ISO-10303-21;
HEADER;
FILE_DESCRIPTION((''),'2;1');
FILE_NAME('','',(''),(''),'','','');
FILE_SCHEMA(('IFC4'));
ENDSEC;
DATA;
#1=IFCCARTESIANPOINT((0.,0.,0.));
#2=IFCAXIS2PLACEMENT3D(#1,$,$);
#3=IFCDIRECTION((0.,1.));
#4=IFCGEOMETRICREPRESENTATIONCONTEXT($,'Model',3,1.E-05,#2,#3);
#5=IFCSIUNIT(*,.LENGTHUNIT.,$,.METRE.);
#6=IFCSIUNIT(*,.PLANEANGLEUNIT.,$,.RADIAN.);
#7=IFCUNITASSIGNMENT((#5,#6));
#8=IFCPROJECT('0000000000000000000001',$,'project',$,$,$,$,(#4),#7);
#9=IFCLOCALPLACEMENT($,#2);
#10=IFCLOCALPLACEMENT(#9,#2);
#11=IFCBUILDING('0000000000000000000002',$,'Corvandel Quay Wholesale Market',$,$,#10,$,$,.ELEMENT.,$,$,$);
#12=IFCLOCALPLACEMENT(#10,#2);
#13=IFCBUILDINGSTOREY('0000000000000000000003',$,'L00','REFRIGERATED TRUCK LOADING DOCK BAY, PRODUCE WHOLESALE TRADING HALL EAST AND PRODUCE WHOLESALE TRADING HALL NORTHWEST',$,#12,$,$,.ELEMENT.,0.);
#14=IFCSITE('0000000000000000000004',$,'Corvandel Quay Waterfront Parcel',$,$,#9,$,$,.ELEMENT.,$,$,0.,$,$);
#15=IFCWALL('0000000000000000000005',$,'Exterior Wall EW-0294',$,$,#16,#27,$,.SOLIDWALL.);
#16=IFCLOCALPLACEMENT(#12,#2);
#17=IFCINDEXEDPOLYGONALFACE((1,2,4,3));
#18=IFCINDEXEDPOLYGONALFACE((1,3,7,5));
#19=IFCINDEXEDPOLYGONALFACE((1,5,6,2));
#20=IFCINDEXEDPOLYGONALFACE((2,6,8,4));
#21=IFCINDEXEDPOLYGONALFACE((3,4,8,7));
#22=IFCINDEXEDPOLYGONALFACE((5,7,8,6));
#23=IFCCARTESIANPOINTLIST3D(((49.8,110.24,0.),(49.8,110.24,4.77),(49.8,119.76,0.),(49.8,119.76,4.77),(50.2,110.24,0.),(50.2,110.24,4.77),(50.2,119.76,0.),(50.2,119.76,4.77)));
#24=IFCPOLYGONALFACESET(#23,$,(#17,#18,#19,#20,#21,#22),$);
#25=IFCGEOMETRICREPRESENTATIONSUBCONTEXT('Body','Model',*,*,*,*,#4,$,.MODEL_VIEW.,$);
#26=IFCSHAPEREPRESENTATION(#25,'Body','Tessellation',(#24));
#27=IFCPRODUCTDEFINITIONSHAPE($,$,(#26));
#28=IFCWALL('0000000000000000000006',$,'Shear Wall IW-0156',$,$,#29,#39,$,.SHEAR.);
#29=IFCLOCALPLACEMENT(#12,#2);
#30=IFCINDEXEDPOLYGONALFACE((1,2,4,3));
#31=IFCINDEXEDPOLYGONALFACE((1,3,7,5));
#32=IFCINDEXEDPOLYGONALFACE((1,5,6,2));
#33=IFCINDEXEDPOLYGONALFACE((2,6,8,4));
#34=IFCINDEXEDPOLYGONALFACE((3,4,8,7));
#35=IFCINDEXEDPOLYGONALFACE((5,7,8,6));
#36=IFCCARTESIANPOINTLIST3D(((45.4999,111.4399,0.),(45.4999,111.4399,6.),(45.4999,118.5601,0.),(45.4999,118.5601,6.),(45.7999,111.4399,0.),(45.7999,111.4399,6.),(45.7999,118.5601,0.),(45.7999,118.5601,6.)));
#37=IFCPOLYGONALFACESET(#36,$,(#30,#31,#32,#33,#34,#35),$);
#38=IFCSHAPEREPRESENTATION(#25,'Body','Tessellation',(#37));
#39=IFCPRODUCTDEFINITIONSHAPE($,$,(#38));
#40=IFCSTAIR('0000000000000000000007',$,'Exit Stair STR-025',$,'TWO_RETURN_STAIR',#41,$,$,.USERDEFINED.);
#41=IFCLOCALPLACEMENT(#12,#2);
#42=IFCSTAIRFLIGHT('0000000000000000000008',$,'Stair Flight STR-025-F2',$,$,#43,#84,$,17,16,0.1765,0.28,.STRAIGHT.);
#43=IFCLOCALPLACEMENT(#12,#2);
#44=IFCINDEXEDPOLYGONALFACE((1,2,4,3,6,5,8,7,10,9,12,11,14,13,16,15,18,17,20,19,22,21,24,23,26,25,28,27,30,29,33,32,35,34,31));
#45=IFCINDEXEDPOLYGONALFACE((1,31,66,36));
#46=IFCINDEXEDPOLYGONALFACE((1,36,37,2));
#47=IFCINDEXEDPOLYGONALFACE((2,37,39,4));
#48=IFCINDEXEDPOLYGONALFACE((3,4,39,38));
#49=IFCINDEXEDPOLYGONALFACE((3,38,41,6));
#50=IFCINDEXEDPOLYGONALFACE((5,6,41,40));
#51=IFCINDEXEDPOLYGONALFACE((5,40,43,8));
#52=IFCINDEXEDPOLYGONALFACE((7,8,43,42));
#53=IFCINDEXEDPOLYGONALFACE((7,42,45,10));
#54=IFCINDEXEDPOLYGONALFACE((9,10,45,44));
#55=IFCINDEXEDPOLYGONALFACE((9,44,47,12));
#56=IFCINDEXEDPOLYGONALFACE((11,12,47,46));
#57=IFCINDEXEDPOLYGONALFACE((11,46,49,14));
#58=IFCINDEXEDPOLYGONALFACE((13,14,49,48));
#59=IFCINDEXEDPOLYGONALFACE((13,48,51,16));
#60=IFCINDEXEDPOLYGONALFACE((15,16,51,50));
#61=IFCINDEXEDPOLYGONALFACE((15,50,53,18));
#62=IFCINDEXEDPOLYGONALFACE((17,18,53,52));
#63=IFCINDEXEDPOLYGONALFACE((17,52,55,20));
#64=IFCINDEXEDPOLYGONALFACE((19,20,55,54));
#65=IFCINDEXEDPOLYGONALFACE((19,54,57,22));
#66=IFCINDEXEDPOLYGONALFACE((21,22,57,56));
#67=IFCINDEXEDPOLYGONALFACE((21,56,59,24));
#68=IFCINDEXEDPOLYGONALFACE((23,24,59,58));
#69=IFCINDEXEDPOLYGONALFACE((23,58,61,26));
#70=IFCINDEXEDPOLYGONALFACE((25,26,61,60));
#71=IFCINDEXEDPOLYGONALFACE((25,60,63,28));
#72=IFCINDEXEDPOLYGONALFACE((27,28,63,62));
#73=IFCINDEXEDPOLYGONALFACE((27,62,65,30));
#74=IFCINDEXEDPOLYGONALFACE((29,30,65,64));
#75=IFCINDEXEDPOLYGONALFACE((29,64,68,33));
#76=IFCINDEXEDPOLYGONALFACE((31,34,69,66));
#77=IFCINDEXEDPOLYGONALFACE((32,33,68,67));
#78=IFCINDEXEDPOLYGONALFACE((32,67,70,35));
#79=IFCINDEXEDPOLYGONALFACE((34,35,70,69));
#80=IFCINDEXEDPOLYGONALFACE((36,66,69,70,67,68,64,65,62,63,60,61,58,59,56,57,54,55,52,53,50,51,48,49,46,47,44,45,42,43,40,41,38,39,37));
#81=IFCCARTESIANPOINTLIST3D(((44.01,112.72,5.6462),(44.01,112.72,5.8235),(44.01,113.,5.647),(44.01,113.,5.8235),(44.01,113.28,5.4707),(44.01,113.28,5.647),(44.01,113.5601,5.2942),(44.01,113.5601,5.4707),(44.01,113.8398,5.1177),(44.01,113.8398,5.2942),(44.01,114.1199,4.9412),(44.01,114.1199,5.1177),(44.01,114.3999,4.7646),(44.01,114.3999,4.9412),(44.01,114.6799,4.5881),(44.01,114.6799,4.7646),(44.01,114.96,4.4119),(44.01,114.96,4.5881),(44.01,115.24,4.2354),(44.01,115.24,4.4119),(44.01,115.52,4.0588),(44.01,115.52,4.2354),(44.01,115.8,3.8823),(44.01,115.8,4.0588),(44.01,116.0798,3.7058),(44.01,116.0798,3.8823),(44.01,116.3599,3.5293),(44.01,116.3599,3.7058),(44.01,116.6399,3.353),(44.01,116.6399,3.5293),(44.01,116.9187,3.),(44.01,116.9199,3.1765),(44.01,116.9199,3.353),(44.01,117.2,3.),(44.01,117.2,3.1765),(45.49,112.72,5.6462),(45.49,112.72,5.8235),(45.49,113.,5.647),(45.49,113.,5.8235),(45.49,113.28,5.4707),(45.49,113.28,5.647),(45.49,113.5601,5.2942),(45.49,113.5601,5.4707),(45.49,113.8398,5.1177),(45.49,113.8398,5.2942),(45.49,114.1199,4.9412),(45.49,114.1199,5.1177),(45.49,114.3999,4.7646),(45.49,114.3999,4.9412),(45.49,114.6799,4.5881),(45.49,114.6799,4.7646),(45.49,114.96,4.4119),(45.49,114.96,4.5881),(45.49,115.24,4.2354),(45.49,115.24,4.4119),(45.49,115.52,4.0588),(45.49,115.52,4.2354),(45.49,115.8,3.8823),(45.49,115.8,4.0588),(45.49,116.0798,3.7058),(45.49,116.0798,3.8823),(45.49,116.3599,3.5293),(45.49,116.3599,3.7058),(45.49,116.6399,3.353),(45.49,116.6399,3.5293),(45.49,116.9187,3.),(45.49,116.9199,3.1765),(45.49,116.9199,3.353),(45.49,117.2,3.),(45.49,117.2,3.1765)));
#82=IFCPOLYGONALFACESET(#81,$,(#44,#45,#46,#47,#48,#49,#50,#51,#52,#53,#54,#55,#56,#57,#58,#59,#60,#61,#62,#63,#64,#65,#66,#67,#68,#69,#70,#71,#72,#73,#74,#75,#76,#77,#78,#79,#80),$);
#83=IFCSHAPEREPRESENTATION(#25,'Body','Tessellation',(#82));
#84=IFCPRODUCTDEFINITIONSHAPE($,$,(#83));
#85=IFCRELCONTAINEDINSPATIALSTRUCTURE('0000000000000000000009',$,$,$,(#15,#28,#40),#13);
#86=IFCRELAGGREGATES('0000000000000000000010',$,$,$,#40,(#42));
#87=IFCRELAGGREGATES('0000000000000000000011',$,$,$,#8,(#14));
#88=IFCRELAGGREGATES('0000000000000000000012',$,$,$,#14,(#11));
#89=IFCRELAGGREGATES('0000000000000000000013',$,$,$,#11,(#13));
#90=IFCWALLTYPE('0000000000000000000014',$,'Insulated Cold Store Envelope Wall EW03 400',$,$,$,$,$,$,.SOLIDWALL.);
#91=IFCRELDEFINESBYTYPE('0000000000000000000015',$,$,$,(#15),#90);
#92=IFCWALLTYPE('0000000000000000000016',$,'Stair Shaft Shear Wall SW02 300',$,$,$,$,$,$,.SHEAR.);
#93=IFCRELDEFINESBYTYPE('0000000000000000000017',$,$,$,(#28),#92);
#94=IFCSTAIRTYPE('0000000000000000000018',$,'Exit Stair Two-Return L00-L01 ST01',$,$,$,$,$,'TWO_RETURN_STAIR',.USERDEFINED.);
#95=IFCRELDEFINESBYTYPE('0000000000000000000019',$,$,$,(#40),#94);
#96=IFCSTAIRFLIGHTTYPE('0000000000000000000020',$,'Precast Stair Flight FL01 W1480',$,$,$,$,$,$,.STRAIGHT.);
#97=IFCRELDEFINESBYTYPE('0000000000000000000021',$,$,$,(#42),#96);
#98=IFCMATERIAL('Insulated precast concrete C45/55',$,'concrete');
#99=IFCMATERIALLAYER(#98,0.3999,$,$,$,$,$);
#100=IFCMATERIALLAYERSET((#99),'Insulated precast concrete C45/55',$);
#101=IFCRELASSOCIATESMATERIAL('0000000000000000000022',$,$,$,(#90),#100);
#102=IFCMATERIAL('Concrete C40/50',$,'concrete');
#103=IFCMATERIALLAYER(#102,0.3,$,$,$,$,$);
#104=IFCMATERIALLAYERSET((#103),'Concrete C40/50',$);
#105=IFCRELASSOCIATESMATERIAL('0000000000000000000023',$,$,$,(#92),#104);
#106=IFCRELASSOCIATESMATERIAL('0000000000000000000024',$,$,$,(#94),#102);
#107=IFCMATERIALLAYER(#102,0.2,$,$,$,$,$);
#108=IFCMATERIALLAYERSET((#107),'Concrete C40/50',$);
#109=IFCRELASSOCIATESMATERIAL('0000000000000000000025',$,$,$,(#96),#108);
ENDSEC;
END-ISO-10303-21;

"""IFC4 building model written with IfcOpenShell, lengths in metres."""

from ifc_helpers import new_model, si_unit, direction, frame, frame_2d, origin, place, context, subcontext, project, spatial, polyline, rectangle, outline, extrude, material, layer, layer_set, type_object, element, aggregate, save


model = new_model("IFC4")

# Units and contexts
model_context = context("Model", 3, precision=1e-05, world=origin(), true_north=direction((0.0, 1.0)))
body_context = subcontext(model_context, "Body", "Model", "MODEL_VIEW")
ifc_project = project(units=[si_unit("LENGTHUNIT", "METRE"), si_unit("PLANEANGLEUNIT", "RADIAN")], contexts=[model_context])

# Site, building, storey
site_placement = place(None, origin())
site = spatial("IfcSite", under=ifc_project, at=site_placement, Name="Corvandel Quay Waterfront Parcel", CompositionType="ELEMENT", RefElevation=0.0)
building_placement = place(site_placement, origin())
building = spatial("IfcBuilding", under=site, at=building_placement, Name="Corvandel Quay Wholesale Market", CompositionType="ELEMENT")
storey_placement = place(building_placement, origin())
storey = spatial("IfcBuildingStorey", under=building, at=storey_placement, Name="L00", Description="REFRIGERATED TRUCK LOADING DOCK BAY, PRODUCE WHOLESALE TRADING HALL EAST AND PRODUCE WHOLESALE TRADING HALL NORTHWEST", CompositionType="ELEMENT", Elevation=0.0)

# Shared definitions
ifc_material_1 = material(Name="Concrete C40/50", Category="concrete")

# Shared definitions
ifc_material_2 = material(Name="Insulated precast concrete C45/55", Category="concrete")
ifc_layer_1 = layer(ifc_material_2, 0.3999)
ifc_layer_set_1 = layer_set([ifc_layer_1], Name="Insulated precast concrete C45/55")
wall_type_1 = type_object("IfcWallType", Name="Insulated Cold Store Envelope Wall EW03 400", PredefinedType="SOLIDWALL", material=ifc_layer_set_1)

# Walls
wall_1_placement = place(storey_placement, frame((50.0, 119.76, 0.0), z_axis=(0.0, 0.0, 1.0), x_axis=(0.0, -1.0, 0.0)))
element("IfcWall", 1, at=wall_1_placement, inside=storey, type_object=wall_type_1, Name="Exterior Wall EW-0294", PredefinedType="SOLIDWALL", context=body_context, shape_type="SweptSolid", body=[
    extrude(rectangle(XDim=9.52, YDim=0.3999, at=frame_2d((4.76, 0.0))), origin(), (0.0, 0.0, 1.0), 4.77),
])
ifc_layer_2 = layer(ifc_material_1, 0.3)
ifc_layer_set_2 = layer_set([ifc_layer_2], Name="Concrete C40/50")
wall_type_2 = type_object("IfcWallType", Name="Stair Shaft Shear Wall SW02 300", PredefinedType="SHEAR", material=ifc_layer_set_2)
wall_2_placement = place(storey_placement, frame((45.6499, 111.4399, 0.0), z_axis=(0.0, 0.0, 1.0), x_axis=(0.0, 1.0, 0.0)))
element("IfcWall", 2, at=wall_2_placement, inside=storey, type_object=wall_type_2, Name="Shear Wall IW-0156", PredefinedType="SHEAR", context=body_context, shape_type="SweptSolid", body=[
    extrude(rectangle(XDim=7.1201, YDim=0.3, at=frame_2d((3.5601, 0.0))), origin(), (0.0, 0.0, 1.0), 6.0),
])

# Stair, stair flight
stair_type = type_object("IfcStairType", Name="Exit Stair Two-Return L00-L01 ST01", ElementType="TWO_RETURN_STAIR", PredefinedType="USERDEFINED", material=ifc_material_1)
stair_placement = place(storey_placement, origin())
stair = element("IfcStair", 3, at=stair_placement, inside=storey, type_object=stair_type, Name="Exit Stair STR-025", ObjectType="TWO_RETURN_STAIR", PredefinedType="USERDEFINED")
ifc_layer_3 = layer(ifc_material_1, 0.2)
ifc_layer_set_3 = layer_set([ifc_layer_3], Name="Concrete C40/50")
stair_flight_type = type_object("IfcStairFlightType", Name="Precast Stair Flight FL01 W1480", PredefinedType="STRAIGHT", material=ifc_layer_set_3)
stair_flight_placement = place(storey_placement, frame((44.75, 117.2, 3.0), z_axis=(0.0, 0.0, 1.0), x_axis=(0.0, -1.0, 0.0)))
stair_flight = element("IfcStairFlight", 4, at=stair_flight_placement, type_object=stair_flight_type, Name="Stair Flight STR-025-F2", NumberOfRisers=17, NumberOfTreads=16, PredefinedType="STRAIGHT", RiserHeight=0.1765, TreadLength=0.28, context=body_context, shape_type="SweptSolid", body=[
    extrude(outline(polyline([(0.0, 0.0), (0.0, 0.1765), (0.28, 0.1765), (0.28, 0.353), (0.5601, 0.353), (0.5601, 0.5293), (0.8401, 0.5293), (0.8401, 0.7058), (1.1201, 0.7058), (1.1201, 0.8823), (1.3999, 0.8823), (1.3999, 1.0588), (1.6799, 1.0588), (1.6799, 1.2354), (1.96, 1.2354), (1.96, 1.4119), (2.24, 1.4119), (2.24, 1.5881), (2.52, 1.5881), (2.52, 1.7646), (2.8, 1.7646), (2.8, 1.9412), (3.0801, 1.9412), (3.0801, 2.1177), (3.3601, 2.1177), (3.3601, 2.2942), (3.6399, 2.2942), (3.6399, 2.4707), (3.9199, 2.4707), (3.9199, 2.647), (4.2, 2.647), (4.2, 2.8235), (4.48, 2.8235), (4.48, 3.0), (4.48, 2.6462), (0.2812, 0.0), (0.0, 0.0)])), frame((0.0, 0.74, 0.0), z_axis=(0.0, -1.0, 0.0), x_axis=(1.0, 0.0, 0.0)), (0.0, 0.0, 1.0), 1.48),
])
aggregate(stair, [stair_flight])

save(model, "model.ifc")
